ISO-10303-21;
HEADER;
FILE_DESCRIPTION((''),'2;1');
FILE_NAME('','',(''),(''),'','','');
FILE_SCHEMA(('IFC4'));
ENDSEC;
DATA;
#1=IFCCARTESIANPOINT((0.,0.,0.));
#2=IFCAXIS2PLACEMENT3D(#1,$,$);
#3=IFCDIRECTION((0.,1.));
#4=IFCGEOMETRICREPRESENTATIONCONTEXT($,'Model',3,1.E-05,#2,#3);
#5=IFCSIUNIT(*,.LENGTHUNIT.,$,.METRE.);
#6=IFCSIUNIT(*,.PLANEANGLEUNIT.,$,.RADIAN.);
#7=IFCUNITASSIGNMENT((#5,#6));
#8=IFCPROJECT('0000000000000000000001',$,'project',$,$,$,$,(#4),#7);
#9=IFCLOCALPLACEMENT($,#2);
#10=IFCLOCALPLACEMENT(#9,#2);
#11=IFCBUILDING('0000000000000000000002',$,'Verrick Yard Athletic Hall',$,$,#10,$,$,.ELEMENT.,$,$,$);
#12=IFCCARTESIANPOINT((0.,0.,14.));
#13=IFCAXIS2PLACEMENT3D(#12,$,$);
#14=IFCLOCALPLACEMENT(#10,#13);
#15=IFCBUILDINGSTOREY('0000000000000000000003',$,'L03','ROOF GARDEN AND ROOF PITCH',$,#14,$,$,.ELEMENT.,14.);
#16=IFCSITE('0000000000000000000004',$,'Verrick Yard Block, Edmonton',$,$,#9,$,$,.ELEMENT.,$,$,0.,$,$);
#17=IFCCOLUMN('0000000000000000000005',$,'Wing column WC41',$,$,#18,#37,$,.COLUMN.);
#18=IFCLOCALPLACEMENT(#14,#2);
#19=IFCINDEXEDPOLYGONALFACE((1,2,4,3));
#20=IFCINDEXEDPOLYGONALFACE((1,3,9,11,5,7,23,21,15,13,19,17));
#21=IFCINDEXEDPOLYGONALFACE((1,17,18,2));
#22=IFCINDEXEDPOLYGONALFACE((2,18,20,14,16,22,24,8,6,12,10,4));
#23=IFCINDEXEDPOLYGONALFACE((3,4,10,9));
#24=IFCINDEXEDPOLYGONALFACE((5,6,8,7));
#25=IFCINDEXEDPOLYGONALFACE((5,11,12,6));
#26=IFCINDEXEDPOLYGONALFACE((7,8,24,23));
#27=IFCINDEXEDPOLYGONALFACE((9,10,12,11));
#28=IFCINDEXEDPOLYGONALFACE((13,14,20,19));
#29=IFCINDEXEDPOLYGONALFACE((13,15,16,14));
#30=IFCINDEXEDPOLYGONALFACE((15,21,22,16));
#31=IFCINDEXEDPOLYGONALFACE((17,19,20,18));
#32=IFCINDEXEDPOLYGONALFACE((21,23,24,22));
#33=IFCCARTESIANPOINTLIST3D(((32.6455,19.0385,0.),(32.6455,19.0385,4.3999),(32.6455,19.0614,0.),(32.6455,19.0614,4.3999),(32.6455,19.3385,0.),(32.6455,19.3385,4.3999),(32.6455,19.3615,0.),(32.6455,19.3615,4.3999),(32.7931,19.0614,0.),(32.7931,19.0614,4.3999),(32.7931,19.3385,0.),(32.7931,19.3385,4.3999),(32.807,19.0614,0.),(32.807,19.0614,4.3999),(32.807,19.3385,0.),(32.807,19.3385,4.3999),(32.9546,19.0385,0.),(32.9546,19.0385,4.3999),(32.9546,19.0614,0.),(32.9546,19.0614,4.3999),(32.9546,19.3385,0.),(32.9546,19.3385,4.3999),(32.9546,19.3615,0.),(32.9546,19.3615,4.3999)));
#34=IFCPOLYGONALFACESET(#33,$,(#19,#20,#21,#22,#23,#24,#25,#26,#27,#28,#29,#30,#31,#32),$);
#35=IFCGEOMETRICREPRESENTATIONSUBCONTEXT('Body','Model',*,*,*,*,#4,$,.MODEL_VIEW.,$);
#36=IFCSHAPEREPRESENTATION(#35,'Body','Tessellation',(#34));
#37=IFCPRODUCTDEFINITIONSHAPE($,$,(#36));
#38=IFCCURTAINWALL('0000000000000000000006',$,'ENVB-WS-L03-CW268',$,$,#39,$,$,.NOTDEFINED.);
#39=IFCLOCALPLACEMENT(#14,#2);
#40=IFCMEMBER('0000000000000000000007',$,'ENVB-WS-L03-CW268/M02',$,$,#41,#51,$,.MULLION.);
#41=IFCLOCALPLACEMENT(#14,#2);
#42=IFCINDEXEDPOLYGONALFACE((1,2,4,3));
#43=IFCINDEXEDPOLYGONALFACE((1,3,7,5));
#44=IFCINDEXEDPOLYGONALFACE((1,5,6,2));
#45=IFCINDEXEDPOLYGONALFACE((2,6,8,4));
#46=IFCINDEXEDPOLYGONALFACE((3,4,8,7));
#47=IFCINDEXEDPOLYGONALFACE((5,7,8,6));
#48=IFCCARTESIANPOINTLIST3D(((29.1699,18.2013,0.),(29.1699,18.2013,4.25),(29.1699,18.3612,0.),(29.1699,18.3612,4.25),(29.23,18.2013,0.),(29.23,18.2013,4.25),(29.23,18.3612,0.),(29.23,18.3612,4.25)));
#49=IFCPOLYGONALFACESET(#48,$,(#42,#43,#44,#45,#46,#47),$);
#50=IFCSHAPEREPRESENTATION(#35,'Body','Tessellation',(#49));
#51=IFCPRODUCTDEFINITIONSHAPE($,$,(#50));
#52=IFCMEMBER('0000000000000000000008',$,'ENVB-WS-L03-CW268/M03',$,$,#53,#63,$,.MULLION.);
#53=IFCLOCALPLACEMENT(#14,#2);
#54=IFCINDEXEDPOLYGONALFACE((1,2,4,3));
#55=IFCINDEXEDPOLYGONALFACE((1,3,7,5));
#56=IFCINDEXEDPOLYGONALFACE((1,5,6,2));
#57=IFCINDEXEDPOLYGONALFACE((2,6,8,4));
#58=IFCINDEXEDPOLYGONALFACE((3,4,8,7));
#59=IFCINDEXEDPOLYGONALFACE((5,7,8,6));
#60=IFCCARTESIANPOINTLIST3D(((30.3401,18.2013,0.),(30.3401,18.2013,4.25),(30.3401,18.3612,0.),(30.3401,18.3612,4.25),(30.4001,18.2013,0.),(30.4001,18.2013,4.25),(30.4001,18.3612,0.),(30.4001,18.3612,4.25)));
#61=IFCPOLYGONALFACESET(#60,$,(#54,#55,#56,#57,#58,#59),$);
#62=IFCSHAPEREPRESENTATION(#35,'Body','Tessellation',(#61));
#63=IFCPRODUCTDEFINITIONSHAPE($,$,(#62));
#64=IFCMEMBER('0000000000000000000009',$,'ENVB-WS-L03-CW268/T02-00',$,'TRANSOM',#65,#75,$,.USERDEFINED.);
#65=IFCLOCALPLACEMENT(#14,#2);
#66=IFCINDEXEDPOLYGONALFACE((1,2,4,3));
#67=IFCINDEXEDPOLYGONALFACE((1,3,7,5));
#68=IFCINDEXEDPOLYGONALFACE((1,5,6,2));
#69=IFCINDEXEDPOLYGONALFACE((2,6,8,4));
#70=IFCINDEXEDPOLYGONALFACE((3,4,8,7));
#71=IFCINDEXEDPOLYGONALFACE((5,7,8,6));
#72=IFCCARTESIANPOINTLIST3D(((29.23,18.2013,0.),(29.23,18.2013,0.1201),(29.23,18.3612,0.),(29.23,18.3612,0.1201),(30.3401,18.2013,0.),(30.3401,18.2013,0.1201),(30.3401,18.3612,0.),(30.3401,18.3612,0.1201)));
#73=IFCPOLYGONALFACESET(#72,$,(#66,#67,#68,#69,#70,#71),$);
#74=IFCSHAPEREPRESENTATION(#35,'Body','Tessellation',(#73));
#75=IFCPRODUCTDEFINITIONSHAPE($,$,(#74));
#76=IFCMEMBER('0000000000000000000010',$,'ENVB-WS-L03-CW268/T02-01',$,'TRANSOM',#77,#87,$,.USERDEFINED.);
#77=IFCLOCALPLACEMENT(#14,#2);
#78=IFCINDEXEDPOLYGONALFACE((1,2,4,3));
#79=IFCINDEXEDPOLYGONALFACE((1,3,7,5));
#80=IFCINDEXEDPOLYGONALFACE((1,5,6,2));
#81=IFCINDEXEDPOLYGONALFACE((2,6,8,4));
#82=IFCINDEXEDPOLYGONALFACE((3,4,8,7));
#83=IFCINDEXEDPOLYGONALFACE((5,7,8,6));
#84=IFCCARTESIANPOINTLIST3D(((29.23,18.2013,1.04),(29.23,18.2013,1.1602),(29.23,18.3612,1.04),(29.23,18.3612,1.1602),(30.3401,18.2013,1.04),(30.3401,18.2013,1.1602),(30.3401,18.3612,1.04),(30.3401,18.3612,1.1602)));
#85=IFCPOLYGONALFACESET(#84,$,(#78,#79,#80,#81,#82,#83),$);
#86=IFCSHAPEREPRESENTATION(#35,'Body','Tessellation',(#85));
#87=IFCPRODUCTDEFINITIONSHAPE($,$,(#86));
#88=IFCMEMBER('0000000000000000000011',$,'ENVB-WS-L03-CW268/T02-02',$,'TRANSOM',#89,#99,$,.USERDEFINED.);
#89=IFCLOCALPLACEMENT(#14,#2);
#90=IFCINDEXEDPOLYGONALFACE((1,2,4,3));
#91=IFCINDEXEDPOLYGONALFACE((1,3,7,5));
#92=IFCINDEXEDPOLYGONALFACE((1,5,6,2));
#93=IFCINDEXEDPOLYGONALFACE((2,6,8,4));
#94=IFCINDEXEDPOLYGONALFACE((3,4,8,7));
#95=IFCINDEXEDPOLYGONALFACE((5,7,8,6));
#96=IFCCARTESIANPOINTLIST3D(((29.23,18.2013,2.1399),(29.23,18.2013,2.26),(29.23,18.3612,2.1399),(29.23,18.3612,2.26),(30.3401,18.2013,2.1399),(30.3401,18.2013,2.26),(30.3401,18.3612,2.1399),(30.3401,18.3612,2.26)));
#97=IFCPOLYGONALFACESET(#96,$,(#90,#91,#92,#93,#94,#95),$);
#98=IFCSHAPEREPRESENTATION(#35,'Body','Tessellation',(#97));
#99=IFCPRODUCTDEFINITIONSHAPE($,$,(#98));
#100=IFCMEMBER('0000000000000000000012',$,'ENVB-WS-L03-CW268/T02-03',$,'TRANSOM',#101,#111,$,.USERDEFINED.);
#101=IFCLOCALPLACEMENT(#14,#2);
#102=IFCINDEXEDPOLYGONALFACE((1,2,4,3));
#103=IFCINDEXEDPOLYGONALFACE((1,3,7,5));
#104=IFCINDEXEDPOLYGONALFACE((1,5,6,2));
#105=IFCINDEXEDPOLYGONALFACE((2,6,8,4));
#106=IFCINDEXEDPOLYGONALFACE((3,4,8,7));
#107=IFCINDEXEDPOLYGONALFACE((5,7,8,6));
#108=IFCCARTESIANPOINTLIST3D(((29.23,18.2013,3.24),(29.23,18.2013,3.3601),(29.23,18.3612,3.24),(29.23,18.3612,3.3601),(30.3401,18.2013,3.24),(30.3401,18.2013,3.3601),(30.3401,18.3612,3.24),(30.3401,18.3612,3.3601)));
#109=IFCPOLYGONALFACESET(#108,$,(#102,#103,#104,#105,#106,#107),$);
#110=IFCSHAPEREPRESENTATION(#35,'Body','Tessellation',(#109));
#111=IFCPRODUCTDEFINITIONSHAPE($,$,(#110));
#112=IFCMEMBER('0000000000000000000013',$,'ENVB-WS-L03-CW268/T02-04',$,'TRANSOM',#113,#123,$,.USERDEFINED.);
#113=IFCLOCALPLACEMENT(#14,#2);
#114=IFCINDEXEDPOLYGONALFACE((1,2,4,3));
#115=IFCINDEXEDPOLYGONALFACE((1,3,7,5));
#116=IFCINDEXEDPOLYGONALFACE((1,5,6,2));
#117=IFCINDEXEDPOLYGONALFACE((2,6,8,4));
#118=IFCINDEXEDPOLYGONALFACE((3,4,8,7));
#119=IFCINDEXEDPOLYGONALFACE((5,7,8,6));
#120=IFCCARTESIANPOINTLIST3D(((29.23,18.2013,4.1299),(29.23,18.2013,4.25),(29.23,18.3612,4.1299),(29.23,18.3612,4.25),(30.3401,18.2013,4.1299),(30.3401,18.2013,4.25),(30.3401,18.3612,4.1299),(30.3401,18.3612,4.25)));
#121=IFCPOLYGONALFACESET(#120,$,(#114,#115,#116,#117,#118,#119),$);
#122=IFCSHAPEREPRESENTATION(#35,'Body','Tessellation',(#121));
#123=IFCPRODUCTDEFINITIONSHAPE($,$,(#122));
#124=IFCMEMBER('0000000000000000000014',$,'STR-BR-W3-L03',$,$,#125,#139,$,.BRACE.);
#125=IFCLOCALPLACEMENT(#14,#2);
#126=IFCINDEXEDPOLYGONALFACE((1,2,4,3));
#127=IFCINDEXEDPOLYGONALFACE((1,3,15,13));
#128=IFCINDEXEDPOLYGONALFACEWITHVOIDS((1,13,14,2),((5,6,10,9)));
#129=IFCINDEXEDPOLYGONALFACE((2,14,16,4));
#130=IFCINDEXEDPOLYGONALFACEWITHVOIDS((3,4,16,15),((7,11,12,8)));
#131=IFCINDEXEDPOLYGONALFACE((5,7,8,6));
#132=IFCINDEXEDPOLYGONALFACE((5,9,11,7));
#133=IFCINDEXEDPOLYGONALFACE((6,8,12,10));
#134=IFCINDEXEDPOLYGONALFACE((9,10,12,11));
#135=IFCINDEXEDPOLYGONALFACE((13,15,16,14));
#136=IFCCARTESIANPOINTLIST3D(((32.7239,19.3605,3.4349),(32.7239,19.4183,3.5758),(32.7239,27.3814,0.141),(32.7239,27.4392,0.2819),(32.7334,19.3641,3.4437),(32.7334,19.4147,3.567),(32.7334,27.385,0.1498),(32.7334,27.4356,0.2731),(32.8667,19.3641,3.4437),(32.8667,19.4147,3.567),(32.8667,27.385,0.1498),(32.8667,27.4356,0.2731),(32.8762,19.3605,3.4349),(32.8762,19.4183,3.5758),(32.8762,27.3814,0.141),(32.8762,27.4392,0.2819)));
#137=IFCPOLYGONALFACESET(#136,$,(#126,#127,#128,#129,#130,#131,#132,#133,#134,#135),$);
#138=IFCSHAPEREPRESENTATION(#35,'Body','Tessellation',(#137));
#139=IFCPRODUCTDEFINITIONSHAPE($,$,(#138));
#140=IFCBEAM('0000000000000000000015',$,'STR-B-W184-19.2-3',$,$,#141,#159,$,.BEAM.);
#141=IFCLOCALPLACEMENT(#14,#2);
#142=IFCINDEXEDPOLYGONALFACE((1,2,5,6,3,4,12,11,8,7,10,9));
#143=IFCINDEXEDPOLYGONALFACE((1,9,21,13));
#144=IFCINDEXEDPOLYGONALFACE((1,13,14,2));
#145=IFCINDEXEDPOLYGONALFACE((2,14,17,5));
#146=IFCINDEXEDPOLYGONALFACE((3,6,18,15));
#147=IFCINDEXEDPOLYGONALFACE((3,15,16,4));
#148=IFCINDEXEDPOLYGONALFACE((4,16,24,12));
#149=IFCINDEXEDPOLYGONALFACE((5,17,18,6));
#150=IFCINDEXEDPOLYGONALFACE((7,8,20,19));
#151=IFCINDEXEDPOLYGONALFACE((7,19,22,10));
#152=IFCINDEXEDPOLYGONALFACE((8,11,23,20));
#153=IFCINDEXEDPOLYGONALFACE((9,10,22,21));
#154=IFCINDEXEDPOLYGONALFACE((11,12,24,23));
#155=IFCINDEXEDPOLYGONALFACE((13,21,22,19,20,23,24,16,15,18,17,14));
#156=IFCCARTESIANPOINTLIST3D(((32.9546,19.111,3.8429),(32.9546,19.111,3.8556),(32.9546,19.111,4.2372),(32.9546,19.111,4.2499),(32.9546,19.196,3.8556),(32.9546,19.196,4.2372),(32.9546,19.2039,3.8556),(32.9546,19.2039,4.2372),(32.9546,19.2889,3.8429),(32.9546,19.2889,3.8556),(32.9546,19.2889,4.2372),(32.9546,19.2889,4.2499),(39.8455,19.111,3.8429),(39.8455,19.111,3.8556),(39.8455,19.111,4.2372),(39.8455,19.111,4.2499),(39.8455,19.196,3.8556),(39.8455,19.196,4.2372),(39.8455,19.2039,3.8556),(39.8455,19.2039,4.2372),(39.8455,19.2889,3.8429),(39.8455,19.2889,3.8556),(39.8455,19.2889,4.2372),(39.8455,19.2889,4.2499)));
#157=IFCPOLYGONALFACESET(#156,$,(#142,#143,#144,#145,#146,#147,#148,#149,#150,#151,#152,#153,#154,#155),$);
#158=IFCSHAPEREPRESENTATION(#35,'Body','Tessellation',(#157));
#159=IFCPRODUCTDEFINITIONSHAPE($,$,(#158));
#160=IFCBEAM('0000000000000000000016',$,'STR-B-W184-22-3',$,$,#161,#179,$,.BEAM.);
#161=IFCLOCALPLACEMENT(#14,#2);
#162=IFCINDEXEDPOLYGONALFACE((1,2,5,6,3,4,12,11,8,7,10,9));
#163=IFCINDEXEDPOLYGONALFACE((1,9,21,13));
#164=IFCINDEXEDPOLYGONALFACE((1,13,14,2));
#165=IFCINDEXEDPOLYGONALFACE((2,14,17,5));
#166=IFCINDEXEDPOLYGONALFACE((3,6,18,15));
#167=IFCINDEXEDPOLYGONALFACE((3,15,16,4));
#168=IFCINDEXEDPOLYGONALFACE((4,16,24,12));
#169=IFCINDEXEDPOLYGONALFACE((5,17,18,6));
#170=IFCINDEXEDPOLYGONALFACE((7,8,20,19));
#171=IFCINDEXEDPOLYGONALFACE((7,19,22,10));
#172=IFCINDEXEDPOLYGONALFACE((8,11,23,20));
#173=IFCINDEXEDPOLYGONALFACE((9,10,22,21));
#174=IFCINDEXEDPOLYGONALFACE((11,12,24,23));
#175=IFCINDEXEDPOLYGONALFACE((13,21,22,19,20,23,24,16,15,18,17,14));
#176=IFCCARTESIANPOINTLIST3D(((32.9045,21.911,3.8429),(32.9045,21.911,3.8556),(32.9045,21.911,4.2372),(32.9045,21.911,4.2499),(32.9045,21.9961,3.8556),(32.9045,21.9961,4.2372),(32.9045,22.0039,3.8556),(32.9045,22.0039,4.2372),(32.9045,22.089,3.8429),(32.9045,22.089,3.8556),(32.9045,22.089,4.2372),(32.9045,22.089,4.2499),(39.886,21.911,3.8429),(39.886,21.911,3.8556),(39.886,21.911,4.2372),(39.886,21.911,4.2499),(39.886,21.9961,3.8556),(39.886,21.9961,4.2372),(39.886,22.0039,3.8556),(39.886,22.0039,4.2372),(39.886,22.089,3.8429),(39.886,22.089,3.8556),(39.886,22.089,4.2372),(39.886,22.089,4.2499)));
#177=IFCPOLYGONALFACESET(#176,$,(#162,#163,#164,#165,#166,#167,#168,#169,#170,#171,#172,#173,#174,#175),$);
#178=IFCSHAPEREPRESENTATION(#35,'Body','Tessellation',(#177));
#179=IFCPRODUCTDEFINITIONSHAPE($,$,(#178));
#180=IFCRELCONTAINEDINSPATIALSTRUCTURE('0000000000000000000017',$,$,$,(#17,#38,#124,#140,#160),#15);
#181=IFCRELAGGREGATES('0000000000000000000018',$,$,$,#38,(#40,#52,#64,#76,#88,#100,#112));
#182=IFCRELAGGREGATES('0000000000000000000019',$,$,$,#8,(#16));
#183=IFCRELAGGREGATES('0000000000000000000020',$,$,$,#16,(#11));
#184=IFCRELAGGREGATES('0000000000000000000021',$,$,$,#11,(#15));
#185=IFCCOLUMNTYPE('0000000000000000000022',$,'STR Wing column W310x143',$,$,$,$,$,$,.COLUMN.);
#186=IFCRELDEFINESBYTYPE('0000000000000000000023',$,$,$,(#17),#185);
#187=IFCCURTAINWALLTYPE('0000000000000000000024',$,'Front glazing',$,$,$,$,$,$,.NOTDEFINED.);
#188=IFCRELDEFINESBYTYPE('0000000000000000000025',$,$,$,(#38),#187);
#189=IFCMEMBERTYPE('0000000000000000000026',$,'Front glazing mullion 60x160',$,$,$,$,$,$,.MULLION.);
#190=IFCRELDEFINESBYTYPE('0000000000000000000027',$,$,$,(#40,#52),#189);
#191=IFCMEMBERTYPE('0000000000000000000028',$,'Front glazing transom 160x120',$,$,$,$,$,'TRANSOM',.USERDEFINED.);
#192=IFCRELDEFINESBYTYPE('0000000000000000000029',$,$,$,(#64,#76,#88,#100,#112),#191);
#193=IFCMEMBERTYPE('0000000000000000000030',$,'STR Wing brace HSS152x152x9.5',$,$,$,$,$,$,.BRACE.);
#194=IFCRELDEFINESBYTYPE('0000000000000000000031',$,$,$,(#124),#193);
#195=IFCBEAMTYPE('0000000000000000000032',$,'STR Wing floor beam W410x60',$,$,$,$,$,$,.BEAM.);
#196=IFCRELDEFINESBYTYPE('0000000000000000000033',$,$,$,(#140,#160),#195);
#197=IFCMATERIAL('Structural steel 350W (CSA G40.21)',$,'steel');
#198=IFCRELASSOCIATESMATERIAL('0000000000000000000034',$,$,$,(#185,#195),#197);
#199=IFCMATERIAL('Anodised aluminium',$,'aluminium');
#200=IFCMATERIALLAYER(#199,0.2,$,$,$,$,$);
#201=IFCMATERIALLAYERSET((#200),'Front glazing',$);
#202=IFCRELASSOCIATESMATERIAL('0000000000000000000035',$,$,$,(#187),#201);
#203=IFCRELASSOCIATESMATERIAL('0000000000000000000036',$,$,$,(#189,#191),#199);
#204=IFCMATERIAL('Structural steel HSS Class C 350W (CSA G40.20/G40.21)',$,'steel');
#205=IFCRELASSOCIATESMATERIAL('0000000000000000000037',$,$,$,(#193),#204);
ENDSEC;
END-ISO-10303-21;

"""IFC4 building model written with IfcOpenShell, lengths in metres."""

from ifc_helpers import new_model, si_unit, direction, frame, origin, origin_2d, place, context, subcontext, project, spatial, rectangle, hollow_rectangle, i_section, extrude, material, layer, layer_set, material_profile, profile_set, type_object, element, aggregate, save


model = new_model("IFC4")

# Units and contexts
model_context = context("Model", 3, precision=1e-05, world=origin(), true_north=direction((0.0, 1.0)))
body_context = subcontext(model_context, "Body", "Model", "MODEL_VIEW")
ifc_project = project(units=[si_unit("LENGTHUNIT", "METRE"), si_unit("PLANEANGLEUNIT", "RADIAN")], contexts=[model_context])

# Site, building, storey
site_placement = place(None, origin())
site = spatial("IfcSite", under=ifc_project, at=site_placement, Name="Verrick Yard Block, Edmonton", CompositionType="ELEMENT", RefElevation=0.0)
building_placement = place(site_placement, origin())
building = spatial("IfcBuilding", under=site, at=building_placement, Name="Verrick Yard Athletic Hall", CompositionType="ELEMENT")
storey_placement = place(building_placement, frame((0.0, 0.0, 14.0)))
storey = spatial("IfcBuildingStorey", under=building, at=storey_placement, Name="L03", Description="ROOF GARDEN AND ROOF PITCH", CompositionType="ELEMENT", Elevation=14.0)

# Column
ifc_material_1 = material(Name="Structural steel 350W (CSA G40.21)", Category="steel")
ifc_material_profile_1 = material_profile(ifc_material_1, i_section(OverallWidth=0.3091, OverallDepth=0.323, WebThickness=0.0139, FlangeThickness=0.0229, at=origin_2d()), Name="W310x143")
ifc_profile_set_1 = profile_set([ifc_material_profile_1], Name="Structural steel 350W (CSA G40.21)")
column_type = type_object("IfcColumnType", Name="STR Wing column W310x143", PredefinedType="COLUMN", material=ifc_profile_set_1)
column_placement = place(storey_placement, frame((32.8, 19.2, 0.0), z_axis=(0.0, 0.0, 1.0), x_axis=(1.0, 0.0, 0.0)))
element("IfcColumn", 1, at=column_placement, inside=storey, type_object=column_type, Name="Wing column WC41", PredefinedType="COLUMN", context=body_context, shape_type="SweptSolid", body=[
    extrude(i_section(OverallWidth=0.3091, OverallDepth=0.323, WebThickness=0.0139, FlangeThickness=0.0229, at=origin_2d()), origin(), (0.0, 0.0, 1.0), 4.3999),
])

# Curtain wall, members
ifc_material_2 = material(Name="Anodised aluminium", Category="aluminium")
ifc_layer_1 = layer(ifc_material_2, 0.2)
ifc_layer_set_1 = layer_set([ifc_layer_1], Name="Front glazing")
curtain_wall_type = type_object("IfcCurtainWallType", Name="Front glazing", PredefinedType="NOTDEFINED", material=ifc_layer_set_1)
curtain_wall_placement = place(storey_placement, origin())
curtain_wall = element("IfcCurtainWall", 2, at=curtain_wall_placement, inside=storey, type_object=curtain_wall_type, Name="ENVB-WS-L03-CW268", PredefinedType="NOTDEFINED")
ifc_material_profile_2 = material_profile(ifc_material_2, rectangle(XDim=0.1599, YDim=0.0601, at=origin_2d()), Name="CW mullion 60x160")
ifc_profile_set_2 = profile_set([ifc_material_profile_2], Name="Anodised aluminium")
member_type_1 = type_object("IfcMemberType", Name="Front glazing mullion 60x160", PredefinedType="MULLION", material=ifc_profile_set_2)
member_1_placement = place(storey_placement, frame((29.2, 18.2812, 0.0), z_axis=(0.0, 0.0, 1.0), x_axis=(0.0, 1.0, 0.0)))
member_1 = element("IfcMember", 3, at=member_1_placement, type_object=member_type_1, Name="ENVB-WS-L03-CW268/M02", PredefinedType="MULLION", context=body_context, shape_type="SweptSolid", body=[
    extrude(rectangle(XDim=0.1599, YDim=0.0601, at=origin_2d()), origin(), (0.0, 0.0, 1.0), 4.25),
])
member_2_placement = place(storey_placement, frame((30.3701, 18.2812, 0.0), z_axis=(0.0, 0.0, 1.0), x_axis=(0.0, 1.0, 0.0)))
member_2 = element("IfcMember", 4, at=member_2_placement, type_object=member_type_1, Name="ENVB-WS-L03-CW268/M03", PredefinedType="MULLION", context=body_context, shape_type="SweptSolid", body=[
    extrude(rectangle(XDim=0.1599, YDim=0.0601, at=origin_2d()), origin(), (0.0, 0.0, 1.0), 4.25),
])
ifc_material_profile_3 = material_profile(ifc_material_2, rectangle(XDim=0.1599, YDim=0.1201, at=origin_2d()), Name="CW transom 160x120")
ifc_profile_set_3 = profile_set([ifc_material_profile_3], Name="Anodised aluminium")
member_type_2 = type_object("IfcMemberType", Name="Front glazing transom 160x120", ElementType="TRANSOM", PredefinedType="USERDEFINED", material=ifc_profile_set_3)
member_3_placement = place(storey_placement, frame((29.23, 18.2812, 0.0601), z_axis=(1.0, 0.0, 0.0), x_axis=(0.0, 1.0, 0.0)))
member_3 = element("IfcMember", 5, at=member_3_placement, type_object=member_type_2, Name="ENVB-WS-L03-CW268/T02-00", ObjectType="TRANSOM", PredefinedType="USERDEFINED", context=body_context, shape_type="SweptSolid", body=[
    extrude(rectangle(XDim=0.1599, YDim=0.1201, at=origin_2d()), origin(), (0.0, 0.0, 1.0), 1.1101),
])
member_4_placement = place(storey_placement, frame((29.23, 18.2812, 1.1001), z_axis=(1.0, 0.0, 0.0), x_axis=(0.0, 1.0, 0.0)))
member_4 = element("IfcMember", 6, at=member_4_placement, type_object=member_type_2, Name="ENVB-WS-L03-CW268/T02-01", ObjectType="TRANSOM", PredefinedType="USERDEFINED", context=body_context, shape_type="SweptSolid", body=[
    extrude(rectangle(XDim=0.1599, YDim=0.1201, at=origin_2d()), origin(), (0.0, 0.0, 1.0), 1.1101),
])
member_5_placement = place(storey_placement, frame((29.23, 18.2812, 2.2), z_axis=(1.0, 0.0, 0.0), x_axis=(0.0, 1.0, 0.0)))
member_5 = element("IfcMember", 7, at=member_5_placement, type_object=member_type_2, Name="ENVB-WS-L03-CW268/T02-02", ObjectType="TRANSOM", PredefinedType="USERDEFINED", context=body_context, shape_type="SweptSolid", body=[
    extrude(rectangle(XDim=0.1599, YDim=0.1201, at=origin_2d()), origin(), (0.0, 0.0, 1.0), 1.1101),
])
member_6_placement = place(storey_placement, frame((29.23, 18.2812, 3.3), z_axis=(1.0, 0.0, 0.0), x_axis=(0.0, 1.0, 0.0)))
member_6 = element("IfcMember", 8, at=member_6_placement, type_object=member_type_2, Name="ENVB-WS-L03-CW268/T02-03", ObjectType="TRANSOM", PredefinedType="USERDEFINED", context=body_context, shape_type="SweptSolid", body=[
    extrude(rectangle(XDim=0.1599, YDim=0.1201, at=origin_2d()), origin(), (0.0, 0.0, 1.0), 1.1101),
])
member_7_placement = place(storey_placement, frame((29.23, 18.2812, 4.1899), z_axis=(1.0, 0.0, 0.0), x_axis=(0.0, 1.0, 0.0)))
member_7 = element("IfcMember", 9, at=member_7_placement, type_object=member_type_2, Name="ENVB-WS-L03-CW268/T02-04", ObjectType="TRANSOM", PredefinedType="USERDEFINED", context=body_context, shape_type="SweptSolid", body=[
    extrude(rectangle(XDim=0.1599, YDim=0.1201, at=origin_2d()), origin(), (0.0, 0.0, 1.0), 1.1101),
])

# Member
ifc_material_3 = material(Name="Structural steel HSS Class C 350W (CSA G40.20/G40.21)", Category="steel")
ifc_material_profile_4 = material_profile(ifc_material_3, hollow_rectangle(XDim=0.1523, YDim=0.1523, WallThickness=0.0095, at=origin_2d()), Name="HSS152x152x9.5")
ifc_profile_set_4 = profile_set([ifc_material_profile_4], Name="Structural steel HSS Class C 350W (CSA G40.20/G40.21)")
member_type_3 = type_object("IfcMemberType", Name="STR Wing brace HSS152x152x9.5", PredefinedType="BRACE", material=ifc_profile_set_4)
member_8_placement = place(storey_placement, frame((32.8, 19.3894, 3.5054), z_axis=(0.0, 0.925036, -0.37988), x_axis=(-1.0, 0.0, 0.0)))
element("IfcMember", 10, at=member_8_placement, inside=storey, type_object=member_type_3, Name="STR-BR-W3-L03", PredefinedType="BRACE", context=body_context, shape_type="SweptSolid", body=[
    extrude(hollow_rectangle(XDim=0.1523, YDim=0.1523, WallThickness=0.0095, at=origin_2d()), origin(), (0.0, 0.0, 1.0), 8.6709),
])

# Beams
ifc_material_profile_5 = material_profile(ifc_material_1, i_section(OverallWidth=0.178, OverallDepth=0.407, WebThickness=0.0078, FlangeThickness=0.0127, at=origin_2d()), Name="W410x60")
ifc_profile_set_5 = profile_set([ifc_material_profile_5], Name="Structural steel 350W (CSA G40.21)")
beam_type_1 = type_object("IfcBeamType", Name="STR Wing floor beam W410x60", PredefinedType="BEAM", material=ifc_profile_set_5)
beam_1_placement = place(storey_placement, frame((32.9546, 19.2, 4.0464), z_axis=(1.0, 0.0, 0.0), x_axis=(0.0, 1.0, 0.0)))
element("IfcBeam", 11, at=beam_1_placement, inside=storey, type_object=beam_type_1, Name="STR-B-W184-19.2-3", PredefinedType="BEAM", context=body_context, shape_type="SweptSolid", body=[
    extrude(i_section(OverallWidth=0.178, OverallDepth=0.407, WebThickness=0.0078, FlangeThickness=0.0127, at=origin_2d()), origin(), (0.0, 0.0, 1.0), 6.8909),
])
beam_2_placement = place(storey_placement, frame((32.9045, 22.0, 4.0464), z_axis=(1.0, 0.0, 0.0), x_axis=(0.0, 1.0, 0.0)))
element("IfcBeam", 12, at=beam_2_placement, inside=storey, type_object=beam_type_1, Name="STR-B-W184-22-3", PredefinedType="BEAM", context=body_context, shape_type="SweptSolid", body=[
    extrude(i_section(OverallWidth=0.178, OverallDepth=0.407, WebThickness=0.0078, FlangeThickness=0.0127, at=origin_2d()), origin(), (0.0, 0.0, 1.0), 6.9814),
])

aggregate(curtain_wall, [member_1, member_2, member_3, member_4, member_5, member_6, member_7])

save(model, "model.ifc")
